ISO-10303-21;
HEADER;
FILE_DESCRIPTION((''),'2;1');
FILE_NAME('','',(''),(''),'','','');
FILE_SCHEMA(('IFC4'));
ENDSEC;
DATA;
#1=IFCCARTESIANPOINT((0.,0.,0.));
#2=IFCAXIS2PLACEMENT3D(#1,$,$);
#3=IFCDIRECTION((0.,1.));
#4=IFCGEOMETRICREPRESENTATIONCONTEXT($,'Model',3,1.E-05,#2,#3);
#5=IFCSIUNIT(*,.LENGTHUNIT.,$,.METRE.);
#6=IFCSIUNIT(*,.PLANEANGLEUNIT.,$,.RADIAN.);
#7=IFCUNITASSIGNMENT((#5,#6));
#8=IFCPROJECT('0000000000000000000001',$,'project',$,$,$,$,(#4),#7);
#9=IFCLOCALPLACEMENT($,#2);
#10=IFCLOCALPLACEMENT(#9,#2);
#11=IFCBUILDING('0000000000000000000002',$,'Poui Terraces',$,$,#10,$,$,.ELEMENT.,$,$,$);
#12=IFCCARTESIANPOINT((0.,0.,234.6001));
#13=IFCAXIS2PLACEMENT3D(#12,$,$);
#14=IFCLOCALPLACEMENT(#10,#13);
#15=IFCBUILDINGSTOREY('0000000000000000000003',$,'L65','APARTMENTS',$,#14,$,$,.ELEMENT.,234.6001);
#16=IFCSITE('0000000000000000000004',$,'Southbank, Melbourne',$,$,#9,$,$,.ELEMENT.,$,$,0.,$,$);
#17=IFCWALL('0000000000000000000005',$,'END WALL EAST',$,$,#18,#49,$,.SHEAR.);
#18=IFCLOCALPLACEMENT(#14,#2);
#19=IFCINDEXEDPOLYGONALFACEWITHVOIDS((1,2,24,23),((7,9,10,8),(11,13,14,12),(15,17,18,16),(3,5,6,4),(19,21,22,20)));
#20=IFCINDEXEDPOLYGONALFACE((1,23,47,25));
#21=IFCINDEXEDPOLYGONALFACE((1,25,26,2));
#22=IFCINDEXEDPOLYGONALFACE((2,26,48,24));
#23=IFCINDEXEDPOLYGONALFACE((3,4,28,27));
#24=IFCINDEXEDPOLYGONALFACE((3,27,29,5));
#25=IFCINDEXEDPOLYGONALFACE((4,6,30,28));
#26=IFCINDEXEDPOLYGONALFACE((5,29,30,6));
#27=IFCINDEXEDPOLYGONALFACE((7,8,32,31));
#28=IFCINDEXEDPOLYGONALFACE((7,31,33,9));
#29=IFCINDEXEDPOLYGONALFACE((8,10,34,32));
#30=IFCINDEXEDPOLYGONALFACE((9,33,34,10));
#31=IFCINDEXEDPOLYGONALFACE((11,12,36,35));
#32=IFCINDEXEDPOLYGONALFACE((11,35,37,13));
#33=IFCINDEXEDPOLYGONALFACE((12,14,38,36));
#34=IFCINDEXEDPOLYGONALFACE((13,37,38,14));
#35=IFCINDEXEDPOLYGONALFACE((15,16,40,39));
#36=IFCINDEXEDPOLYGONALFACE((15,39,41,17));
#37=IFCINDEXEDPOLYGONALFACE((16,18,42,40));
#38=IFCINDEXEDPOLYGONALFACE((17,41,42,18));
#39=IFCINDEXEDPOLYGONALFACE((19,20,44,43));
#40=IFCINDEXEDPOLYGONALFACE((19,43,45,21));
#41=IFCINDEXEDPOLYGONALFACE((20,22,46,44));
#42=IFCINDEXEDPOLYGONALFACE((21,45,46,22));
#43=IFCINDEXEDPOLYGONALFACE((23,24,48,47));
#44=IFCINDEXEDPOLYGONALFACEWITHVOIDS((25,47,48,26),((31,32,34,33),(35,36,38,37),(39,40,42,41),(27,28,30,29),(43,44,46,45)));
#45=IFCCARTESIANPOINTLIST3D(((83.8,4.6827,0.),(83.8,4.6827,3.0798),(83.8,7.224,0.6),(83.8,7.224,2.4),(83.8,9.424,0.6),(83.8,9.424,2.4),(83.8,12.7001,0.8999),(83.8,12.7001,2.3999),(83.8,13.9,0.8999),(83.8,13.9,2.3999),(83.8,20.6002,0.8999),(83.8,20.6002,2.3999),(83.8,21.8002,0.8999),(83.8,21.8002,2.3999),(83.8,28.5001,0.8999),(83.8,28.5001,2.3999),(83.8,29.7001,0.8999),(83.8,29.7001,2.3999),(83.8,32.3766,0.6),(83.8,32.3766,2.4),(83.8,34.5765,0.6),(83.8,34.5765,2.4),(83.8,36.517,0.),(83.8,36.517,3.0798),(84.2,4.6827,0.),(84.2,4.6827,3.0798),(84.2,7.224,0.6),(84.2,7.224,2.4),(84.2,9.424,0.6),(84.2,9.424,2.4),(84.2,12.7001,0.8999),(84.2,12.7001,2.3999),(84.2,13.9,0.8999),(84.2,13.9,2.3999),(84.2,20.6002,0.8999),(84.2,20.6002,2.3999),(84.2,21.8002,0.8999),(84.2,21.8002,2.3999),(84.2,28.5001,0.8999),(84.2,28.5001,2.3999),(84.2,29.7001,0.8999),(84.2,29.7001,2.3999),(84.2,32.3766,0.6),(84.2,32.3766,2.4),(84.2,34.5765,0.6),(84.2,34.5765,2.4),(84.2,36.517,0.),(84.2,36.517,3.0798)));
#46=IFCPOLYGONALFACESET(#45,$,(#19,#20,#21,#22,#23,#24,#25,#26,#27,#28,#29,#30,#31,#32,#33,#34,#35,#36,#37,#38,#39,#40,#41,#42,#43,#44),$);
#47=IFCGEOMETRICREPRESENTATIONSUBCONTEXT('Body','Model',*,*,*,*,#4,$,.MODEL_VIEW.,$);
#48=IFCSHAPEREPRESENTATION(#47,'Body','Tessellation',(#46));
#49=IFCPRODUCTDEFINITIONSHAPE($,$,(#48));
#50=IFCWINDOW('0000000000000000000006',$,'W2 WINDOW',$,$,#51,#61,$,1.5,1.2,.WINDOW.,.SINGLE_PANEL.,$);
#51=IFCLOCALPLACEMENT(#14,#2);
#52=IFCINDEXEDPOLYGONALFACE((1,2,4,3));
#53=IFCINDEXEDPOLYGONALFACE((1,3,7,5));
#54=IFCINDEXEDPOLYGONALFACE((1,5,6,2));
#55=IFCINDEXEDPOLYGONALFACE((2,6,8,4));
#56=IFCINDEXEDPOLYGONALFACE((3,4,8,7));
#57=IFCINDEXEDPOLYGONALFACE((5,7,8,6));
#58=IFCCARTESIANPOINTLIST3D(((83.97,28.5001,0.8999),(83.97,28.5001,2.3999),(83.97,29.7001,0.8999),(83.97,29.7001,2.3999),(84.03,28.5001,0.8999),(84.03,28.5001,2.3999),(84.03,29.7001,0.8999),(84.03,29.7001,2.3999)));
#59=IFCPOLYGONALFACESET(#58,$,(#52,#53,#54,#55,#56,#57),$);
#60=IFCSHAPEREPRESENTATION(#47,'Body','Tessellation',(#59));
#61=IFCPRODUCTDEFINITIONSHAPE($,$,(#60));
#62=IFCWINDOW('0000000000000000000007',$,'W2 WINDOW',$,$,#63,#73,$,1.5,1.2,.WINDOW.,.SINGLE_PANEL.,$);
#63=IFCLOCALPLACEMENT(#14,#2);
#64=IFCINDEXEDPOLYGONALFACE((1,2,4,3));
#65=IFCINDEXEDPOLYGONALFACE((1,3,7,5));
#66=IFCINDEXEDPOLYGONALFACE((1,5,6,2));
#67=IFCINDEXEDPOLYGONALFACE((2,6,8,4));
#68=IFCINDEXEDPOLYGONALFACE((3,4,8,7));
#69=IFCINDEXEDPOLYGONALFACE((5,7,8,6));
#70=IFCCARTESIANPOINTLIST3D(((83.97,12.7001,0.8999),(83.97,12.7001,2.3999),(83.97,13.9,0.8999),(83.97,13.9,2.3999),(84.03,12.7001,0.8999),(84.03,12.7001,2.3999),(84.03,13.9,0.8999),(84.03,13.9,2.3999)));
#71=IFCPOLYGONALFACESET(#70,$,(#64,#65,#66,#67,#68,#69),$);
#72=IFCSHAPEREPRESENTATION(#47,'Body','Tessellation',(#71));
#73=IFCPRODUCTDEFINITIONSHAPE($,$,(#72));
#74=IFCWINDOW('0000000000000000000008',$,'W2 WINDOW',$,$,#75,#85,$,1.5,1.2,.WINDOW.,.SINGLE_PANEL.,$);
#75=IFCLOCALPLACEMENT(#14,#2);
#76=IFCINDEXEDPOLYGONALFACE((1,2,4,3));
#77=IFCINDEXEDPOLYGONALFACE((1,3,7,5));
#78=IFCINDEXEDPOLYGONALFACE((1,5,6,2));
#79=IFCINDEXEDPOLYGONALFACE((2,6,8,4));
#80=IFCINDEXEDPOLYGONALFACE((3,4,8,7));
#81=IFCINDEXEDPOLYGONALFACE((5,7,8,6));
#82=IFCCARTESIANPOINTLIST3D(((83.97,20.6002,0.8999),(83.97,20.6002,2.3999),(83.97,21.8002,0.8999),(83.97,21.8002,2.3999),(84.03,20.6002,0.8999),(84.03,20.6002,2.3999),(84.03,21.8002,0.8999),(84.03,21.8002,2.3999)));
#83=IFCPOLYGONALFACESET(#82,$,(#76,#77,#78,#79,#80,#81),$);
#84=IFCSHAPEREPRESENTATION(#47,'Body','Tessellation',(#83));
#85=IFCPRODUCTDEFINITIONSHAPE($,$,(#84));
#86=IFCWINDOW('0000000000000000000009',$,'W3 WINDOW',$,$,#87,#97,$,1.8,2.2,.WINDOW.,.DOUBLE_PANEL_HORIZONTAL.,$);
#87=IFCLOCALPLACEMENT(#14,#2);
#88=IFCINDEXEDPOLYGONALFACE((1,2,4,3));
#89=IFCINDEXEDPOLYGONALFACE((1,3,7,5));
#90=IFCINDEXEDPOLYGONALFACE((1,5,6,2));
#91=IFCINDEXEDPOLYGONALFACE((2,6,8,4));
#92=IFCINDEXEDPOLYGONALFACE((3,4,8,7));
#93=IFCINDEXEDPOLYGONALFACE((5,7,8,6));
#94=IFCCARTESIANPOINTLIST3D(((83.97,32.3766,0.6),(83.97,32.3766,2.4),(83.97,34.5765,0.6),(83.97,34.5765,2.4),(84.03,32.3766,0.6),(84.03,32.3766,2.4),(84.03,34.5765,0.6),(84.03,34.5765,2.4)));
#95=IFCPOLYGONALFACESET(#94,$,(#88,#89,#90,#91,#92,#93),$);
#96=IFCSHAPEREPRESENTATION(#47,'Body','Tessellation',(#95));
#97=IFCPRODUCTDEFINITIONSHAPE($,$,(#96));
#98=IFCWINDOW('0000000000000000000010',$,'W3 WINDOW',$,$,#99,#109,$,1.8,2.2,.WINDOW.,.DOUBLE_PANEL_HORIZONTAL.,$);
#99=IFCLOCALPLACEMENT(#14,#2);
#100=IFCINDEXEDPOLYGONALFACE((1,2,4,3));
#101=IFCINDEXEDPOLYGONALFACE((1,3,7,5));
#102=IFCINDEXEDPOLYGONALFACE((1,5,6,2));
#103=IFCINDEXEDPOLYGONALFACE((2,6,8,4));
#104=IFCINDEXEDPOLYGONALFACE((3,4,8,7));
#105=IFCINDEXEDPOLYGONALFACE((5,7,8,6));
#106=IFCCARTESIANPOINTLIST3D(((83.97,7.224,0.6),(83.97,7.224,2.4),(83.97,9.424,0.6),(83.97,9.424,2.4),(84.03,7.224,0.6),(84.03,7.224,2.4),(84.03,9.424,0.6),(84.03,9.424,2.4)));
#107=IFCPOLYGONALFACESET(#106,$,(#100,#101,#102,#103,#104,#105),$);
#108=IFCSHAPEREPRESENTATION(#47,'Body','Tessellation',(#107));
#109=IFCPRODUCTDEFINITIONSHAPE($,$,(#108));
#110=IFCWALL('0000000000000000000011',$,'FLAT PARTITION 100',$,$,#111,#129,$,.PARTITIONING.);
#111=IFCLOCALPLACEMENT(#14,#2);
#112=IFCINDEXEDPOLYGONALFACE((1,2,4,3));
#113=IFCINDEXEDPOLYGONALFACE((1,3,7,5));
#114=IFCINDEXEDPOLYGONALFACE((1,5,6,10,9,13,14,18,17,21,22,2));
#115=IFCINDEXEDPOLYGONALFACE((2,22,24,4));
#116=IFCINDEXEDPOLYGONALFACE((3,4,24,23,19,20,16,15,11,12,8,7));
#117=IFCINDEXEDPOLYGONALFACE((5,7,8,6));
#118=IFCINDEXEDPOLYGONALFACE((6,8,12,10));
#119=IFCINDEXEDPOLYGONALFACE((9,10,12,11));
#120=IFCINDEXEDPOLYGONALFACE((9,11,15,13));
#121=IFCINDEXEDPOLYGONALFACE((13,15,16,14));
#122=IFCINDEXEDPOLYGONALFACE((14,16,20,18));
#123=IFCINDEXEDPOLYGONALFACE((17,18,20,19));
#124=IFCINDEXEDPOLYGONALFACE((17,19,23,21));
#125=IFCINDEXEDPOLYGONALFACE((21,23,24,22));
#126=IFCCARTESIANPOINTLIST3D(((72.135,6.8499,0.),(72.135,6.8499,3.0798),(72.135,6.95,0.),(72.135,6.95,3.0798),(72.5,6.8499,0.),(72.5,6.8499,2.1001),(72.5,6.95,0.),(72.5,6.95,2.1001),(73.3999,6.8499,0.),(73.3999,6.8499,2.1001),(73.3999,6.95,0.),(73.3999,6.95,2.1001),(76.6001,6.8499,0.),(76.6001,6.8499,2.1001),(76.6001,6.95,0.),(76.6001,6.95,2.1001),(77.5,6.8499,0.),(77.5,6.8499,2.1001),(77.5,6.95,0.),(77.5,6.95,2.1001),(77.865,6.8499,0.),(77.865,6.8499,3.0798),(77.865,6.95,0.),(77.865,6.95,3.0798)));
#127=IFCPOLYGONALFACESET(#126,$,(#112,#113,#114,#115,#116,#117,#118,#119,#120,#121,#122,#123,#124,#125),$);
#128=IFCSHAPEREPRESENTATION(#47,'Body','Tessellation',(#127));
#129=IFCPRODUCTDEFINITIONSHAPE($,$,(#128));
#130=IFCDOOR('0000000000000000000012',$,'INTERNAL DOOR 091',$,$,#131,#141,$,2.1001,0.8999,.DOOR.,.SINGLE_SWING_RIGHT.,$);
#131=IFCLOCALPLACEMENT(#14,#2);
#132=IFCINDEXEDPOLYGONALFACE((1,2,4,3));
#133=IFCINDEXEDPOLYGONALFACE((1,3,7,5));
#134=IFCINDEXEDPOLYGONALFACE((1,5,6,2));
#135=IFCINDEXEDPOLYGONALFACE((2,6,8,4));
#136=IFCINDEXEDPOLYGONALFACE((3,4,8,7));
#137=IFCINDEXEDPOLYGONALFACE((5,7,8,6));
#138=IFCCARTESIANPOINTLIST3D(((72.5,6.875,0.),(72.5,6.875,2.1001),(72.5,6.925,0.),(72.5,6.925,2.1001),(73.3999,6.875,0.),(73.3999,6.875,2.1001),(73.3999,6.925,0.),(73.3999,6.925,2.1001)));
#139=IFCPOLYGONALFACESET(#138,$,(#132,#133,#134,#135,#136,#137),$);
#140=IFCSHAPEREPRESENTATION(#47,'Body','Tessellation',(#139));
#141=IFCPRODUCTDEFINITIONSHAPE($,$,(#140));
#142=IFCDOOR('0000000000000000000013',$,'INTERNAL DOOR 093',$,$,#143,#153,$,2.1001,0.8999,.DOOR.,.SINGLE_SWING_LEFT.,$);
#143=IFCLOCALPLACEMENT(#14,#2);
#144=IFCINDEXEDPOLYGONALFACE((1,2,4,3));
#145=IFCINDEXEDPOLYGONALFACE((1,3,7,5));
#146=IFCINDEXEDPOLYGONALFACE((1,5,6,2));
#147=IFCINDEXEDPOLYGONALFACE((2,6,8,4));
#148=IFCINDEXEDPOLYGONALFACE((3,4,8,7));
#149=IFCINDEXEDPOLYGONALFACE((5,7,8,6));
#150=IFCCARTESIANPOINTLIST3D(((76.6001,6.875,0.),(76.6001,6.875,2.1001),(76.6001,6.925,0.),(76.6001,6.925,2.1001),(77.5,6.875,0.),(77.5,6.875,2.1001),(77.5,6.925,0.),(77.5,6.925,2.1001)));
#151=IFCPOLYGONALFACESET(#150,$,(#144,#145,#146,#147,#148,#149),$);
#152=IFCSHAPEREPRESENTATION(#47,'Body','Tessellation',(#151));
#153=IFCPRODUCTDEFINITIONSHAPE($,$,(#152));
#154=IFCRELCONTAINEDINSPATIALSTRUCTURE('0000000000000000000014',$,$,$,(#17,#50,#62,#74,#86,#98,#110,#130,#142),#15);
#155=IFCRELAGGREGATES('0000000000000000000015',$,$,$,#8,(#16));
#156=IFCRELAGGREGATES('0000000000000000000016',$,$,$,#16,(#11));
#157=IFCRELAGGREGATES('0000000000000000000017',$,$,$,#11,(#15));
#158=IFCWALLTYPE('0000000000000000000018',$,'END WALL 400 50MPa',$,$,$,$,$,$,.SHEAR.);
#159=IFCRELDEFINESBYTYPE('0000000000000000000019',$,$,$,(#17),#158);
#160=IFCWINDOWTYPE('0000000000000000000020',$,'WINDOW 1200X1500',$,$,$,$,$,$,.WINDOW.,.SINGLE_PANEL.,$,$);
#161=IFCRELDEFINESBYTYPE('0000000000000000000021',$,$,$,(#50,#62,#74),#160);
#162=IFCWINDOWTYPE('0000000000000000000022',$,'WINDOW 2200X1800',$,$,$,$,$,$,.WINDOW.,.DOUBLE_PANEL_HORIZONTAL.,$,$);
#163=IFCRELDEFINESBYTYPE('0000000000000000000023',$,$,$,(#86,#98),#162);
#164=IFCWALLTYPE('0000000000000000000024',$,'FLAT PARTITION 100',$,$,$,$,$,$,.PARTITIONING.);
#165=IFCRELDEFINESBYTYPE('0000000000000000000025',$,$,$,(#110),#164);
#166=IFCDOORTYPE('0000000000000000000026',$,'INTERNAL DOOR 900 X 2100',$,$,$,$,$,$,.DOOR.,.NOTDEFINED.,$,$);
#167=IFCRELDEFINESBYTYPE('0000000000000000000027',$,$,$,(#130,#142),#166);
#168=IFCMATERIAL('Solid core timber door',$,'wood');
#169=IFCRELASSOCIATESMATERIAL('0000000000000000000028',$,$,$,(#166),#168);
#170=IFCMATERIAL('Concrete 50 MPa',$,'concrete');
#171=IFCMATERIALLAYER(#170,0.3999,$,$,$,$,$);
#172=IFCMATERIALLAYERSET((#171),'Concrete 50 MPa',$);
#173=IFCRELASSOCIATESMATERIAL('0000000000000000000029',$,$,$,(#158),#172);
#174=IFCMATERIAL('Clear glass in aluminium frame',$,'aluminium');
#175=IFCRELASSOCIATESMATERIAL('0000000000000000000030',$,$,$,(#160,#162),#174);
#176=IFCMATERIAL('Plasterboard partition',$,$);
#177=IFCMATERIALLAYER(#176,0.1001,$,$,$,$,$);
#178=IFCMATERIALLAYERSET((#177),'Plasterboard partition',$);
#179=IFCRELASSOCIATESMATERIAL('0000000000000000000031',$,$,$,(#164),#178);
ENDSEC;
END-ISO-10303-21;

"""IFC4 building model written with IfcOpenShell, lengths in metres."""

from ifc_helpers import new_model, si_unit, direction, frame, frame_2d, origin, place, context, subcontext, project, spatial, rectangle, extrude, material, layer, layer_set, type_object, element, fill, save


model = new_model("IFC4")

# Units and contexts
model_context = context("Model", 3, precision=1e-05, world=origin(), true_north=direction((0.0, 1.0)))
body_context = subcontext(model_context, "Body", "Model", "MODEL_VIEW")
ifc_project = project(units=[si_unit("LENGTHUNIT", "METRE"), si_unit("PLANEANGLEUNIT", "RADIAN")], contexts=[model_context])

# Site, building, storey
site_placement = place(None, origin())
site = spatial("IfcSite", under=ifc_project, at=site_placement, Name="Southbank, Melbourne", CompositionType="ELEMENT", RefElevation=0.0)
building_placement = place(site_placement, origin())
building = spatial("IfcBuilding", under=site, at=building_placement, Name="Poui Terraces", CompositionType="ELEMENT")
storey_placement = place(building_placement, frame((0.0, 0.0, 234.6001)))
storey = spatial("IfcBuildingStorey", under=building, at=storey_placement, Name="L65", Description="APARTMENTS", CompositionType="ELEMENT", Elevation=234.6001)

# Shared definitions
ifc_material_1 = material(Name="Concrete 50 MPa", Category="concrete")

# Shared definitions
ifc_material_2 = material(Name="Solid core timber door", Category="wood")
door_type_1 = type_object("IfcDoorType", Name="INTERNAL DOOR 900 X 2100", OperationType="NOTDEFINED", PredefinedType="DOOR", material=ifc_material_2)

# Wall, openings, windows
ifc_layer_1 = layer(ifc_material_1, 0.3999)
ifc_layer_set_1 = layer_set([ifc_layer_1], Name="Concrete 50 MPa")
wall_type_1 = type_object("IfcWallType", Name="END WALL 400 50MPa", PredefinedType="SHEAR", material=ifc_layer_set_1)
wall_1_placement = place(storey_placement, frame((84.0, 4.6829, 0.0), z_axis=(0.0, 0.0, 1.0), x_axis=(0.0, 1.0, 0.0)))
wall_1 = element("IfcWall", 1, at=wall_1_placement, inside=storey, type_object=wall_type_1, Name="END WALL EAST", PredefinedType="SHEAR", context=body_context, shape_type="SweptSolid", body=[
    extrude(rectangle(XDim=31.8342, YDim=0.3999, at=frame_2d((15.917, 0.0))), origin(), (0.0, 0.0, 1.0), 3.0798),
])
opening_1_placement = place(wall_1_placement, frame((23.8171, 0.0, 0.8999)))
opening_1 = element("IfcOpeningElement", 2, at=opening_1_placement, cuts=wall_1, PredefinedType="OPENING", context=body_context, shape_type="SweptSolid", body=[
    extrude(rectangle(XDim=1.2, YDim=1.5, at=frame_2d((0.6001, 0.75))), frame((0.0, 0.21, 0.0), z_axis=(0.0, -1.0, 0.0), x_axis=(1.0, 0.0, 0.0)), (0.0, 0.0, 1.0), 0.4199),
])
opening_2_placement = place(wall_1_placement, frame((8.0171, 0.0, 0.8999)))
opening_2 = element("IfcOpeningElement", 3, at=opening_2_placement, cuts=wall_1, PredefinedType="OPENING", context=body_context, shape_type="SweptSolid", body=[
    extrude(rectangle(XDim=1.2, YDim=1.5, at=frame_2d((0.6001, 0.75))), frame((0.0, 0.21, 0.0), z_axis=(0.0, -1.0, 0.0), x_axis=(1.0, 0.0, 0.0)), (0.0, 0.0, 1.0), 0.4199),
])
opening_3_placement = place(wall_1_placement, frame((27.6936, 0.0, 0.6001)))
opening_3 = element("IfcOpeningElement", 4, at=opening_3_placement, cuts=wall_1, PredefinedType="OPENING", context=body_context, shape_type="SweptSolid", body=[
    extrude(rectangle(XDim=2.2, YDim=1.8, at=frame_2d((1.1001, 0.8999))), frame((0.0, 0.21, 0.0), z_axis=(0.0, -1.0, 0.0), x_axis=(1.0, 0.0, 0.0)), (0.0, 0.0, 1.0), 0.4199),
])
opening_4_placement = place(wall_1_placement, frame((2.541, 0.0, 0.6001)))
opening_4 = element("IfcOpeningElement", 5, at=opening_4_placement, cuts=wall_1, PredefinedType="OPENING", context=body_context, shape_type="SweptSolid", body=[
    extrude(rectangle(XDim=2.2, YDim=1.8, at=frame_2d((1.1001, 0.8999))), frame((0.0, 0.21, 0.0), z_axis=(0.0, -1.0, 0.0), x_axis=(1.0, 0.0, 0.0)), (0.0, 0.0, 1.0), 0.4199),
])
opening_5_placement = place(wall_1_placement, frame((15.9172, 0.0, 0.8999)))
opening_5 = element("IfcOpeningElement", 6, at=opening_5_placement, cuts=wall_1, PredefinedType="OPENING", context=body_context, shape_type="SweptSolid", body=[
    extrude(rectangle(XDim=1.2, YDim=1.5, at=frame_2d((0.6001, 0.75))), frame((0.0, 0.21, 0.0), z_axis=(0.0, -1.0, 0.0), x_axis=(1.0, 0.0, 0.0)), (0.0, 0.0, 1.0), 0.4199),
])
ifc_material_3 = material(Name="Clear glass in aluminium frame", Category="aluminium")
window_type_1 = type_object("IfcWindowType", Name="WINDOW 1200X1500", PartitioningType="SINGLE_PANEL", PredefinedType="WINDOW", material=ifc_material_3)
window_1_placement = place(opening_1_placement, origin())
window_1 = element("IfcWindow", 7, at=window_1_placement, inside=storey, type_object=window_type_1, Name="W2 WINDOW", OverallHeight=1.5, OverallWidth=1.2, PartitioningType="SINGLE_PANEL", PredefinedType="WINDOW", context=body_context, shape_type="SweptSolid", body=[
    extrude(rectangle(XDim=1.2, YDim=1.5, at=frame_2d((0.6001, 0.75))), frame((0.0, 0.03, 0.0), z_axis=(0.0, -1.0, 0.0), x_axis=(1.0, 0.0, 0.0)), (0.0, 0.0, 1.0), 0.0601),
])
fill(opening_1, window_1)
window_2_placement = place(opening_2_placement, origin())
window_2 = element("IfcWindow", 8, at=window_2_placement, inside=storey, type_object=window_type_1, Name="W2 WINDOW", OverallHeight=1.5, OverallWidth=1.2, PartitioningType="SINGLE_PANEL", PredefinedType="WINDOW", context=body_context, shape_type="SweptSolid", body=[
    extrude(rectangle(XDim=1.2, YDim=1.5, at=frame_2d((0.6001, 0.75))), frame((0.0, 0.03, 0.0), z_axis=(0.0, -1.0, 0.0), x_axis=(1.0, 0.0, 0.0)), (0.0, 0.0, 1.0), 0.0601),
])
fill(opening_2, window_2)
window_3_placement = place(opening_5_placement, origin())
window_3 = element("IfcWindow", 9, at=window_3_placement, inside=storey, type_object=window_type_1, Name="W2 WINDOW", OverallHeight=1.5, OverallWidth=1.2, PartitioningType="SINGLE_PANEL", PredefinedType="WINDOW", context=body_context, shape_type="SweptSolid", body=[
    extrude(rectangle(XDim=1.2, YDim=1.5, at=frame_2d((0.6001, 0.75))), frame((0.0, 0.03, 0.0), z_axis=(0.0, -1.0, 0.0), x_axis=(1.0, 0.0, 0.0)), (0.0, 0.0, 1.0), 0.0601),
])
fill(opening_5, window_3)
window_type_2 = type_object("IfcWindowType", Name="WINDOW 2200X1800", PartitioningType="DOUBLE_PANEL_HORIZONTAL", PredefinedType="WINDOW", material=ifc_material_3)
window_4_placement = place(opening_3_placement, origin())
window_4 = element("IfcWindow", 10, at=window_4_placement, inside=storey, type_object=window_type_2, Name="W3 WINDOW", OverallHeight=1.8, OverallWidth=2.2, PartitioningType="DOUBLE_PANEL_HORIZONTAL", PredefinedType="WINDOW", context=body_context, shape_type="SweptSolid", body=[
    extrude(rectangle(XDim=2.2, YDim=1.8, at=frame_2d((1.1001, 0.8999))), frame((0.0, 0.03, 0.0), z_axis=(0.0, -1.0, 0.0), x_axis=(1.0, 0.0, 0.0)), (0.0, 0.0, 1.0), 0.0601),
])
fill(opening_3, window_4)
window_5_placement = place(opening_4_placement, origin())
window_5 = element("IfcWindow", 11, at=window_5_placement, inside=storey, type_object=window_type_2, Name="W3 WINDOW", OverallHeight=1.8, OverallWidth=2.2, PartitioningType="DOUBLE_PANEL_HORIZONTAL", PredefinedType="WINDOW", context=body_context, shape_type="SweptSolid", body=[
    extrude(rectangle(XDim=2.2, YDim=1.8, at=frame_2d((1.1001, 0.8999))), frame((0.0, 0.03, 0.0), z_axis=(0.0, -1.0, 0.0), x_axis=(1.0, 0.0, 0.0)), (0.0, 0.0, 1.0), 0.0601),
])
fill(opening_4, window_5)

# Wall, openings, doors
ifc_material_4 = material(Name="Plasterboard partition")
ifc_layer_2 = layer(ifc_material_4, 0.1001)
ifc_layer_set_2 = layer_set([ifc_layer_2], Name="Plasterboard partition")
wall_type_2 = type_object("IfcWallType", Name="FLAT PARTITION 100", PredefinedType="PARTITIONING", material=ifc_layer_set_2)
wall_2_placement = place(storey_placement, frame((72.135, 6.8999, 0.0), z_axis=(0.0, 0.0, 1.0), x_axis=(1.0, 0.0, 0.0)))
wall_2 = element("IfcWall", 12, at=wall_2_placement, inside=storey, type_object=wall_type_2, Name="FLAT PARTITION 100", PredefinedType="PARTITIONING", context=body_context, shape_type="SweptSolid", body=[
    extrude(rectangle(XDim=5.73, YDim=0.1001, at=frame_2d((2.865, 0.0))), origin(), (0.0, 0.0, 1.0), 3.0798),
])
opening_6_placement = place(wall_2_placement, frame((0.365, 0.0, 0.0)))
opening_6 = element("IfcOpeningElement", 13, at=opening_6_placement, cuts=wall_2, PredefinedType="OPENING", context=body_context, shape_type="SweptSolid", body=[
    extrude(rectangle(XDim=0.8999, YDim=2.1001, at=frame_2d((0.45, 1.05))), frame((0.0, 0.0601, 0.0), z_axis=(0.0, -1.0, 0.0), x_axis=(1.0, 0.0, 0.0)), (0.0, 0.0, 1.0), 0.1201),
])
opening_7_placement = place(wall_2_placement, frame((4.4651, 0.0, 0.0)))
opening_7 = element("IfcOpeningElement", 14, at=opening_7_placement, cuts=wall_2, PredefinedType="OPENING", context=body_context, shape_type="SweptSolid", body=[
    extrude(rectangle(XDim=0.8999, YDim=2.1001, at=frame_2d((0.45, 1.05))), frame((0.0, 0.0601, 0.0), z_axis=(0.0, -1.0, 0.0), x_axis=(1.0, 0.0, 0.0)), (0.0, 0.0, 1.0), 0.1201),
])
door_1_placement = place(opening_6_placement, frame((0.8999, 0.0, 0.0), z_axis=(0.0, 0.0, 1.0), x_axis=(-1.0, 0.0, 0.0)))
door_1 = element("IfcDoor", 15, at=door_1_placement, inside=storey, type_object=door_type_1, Name="INTERNAL DOOR 091", OperationType="SINGLE_SWING_RIGHT", OverallHeight=2.1001, OverallWidth=0.8999, PredefinedType="DOOR", context=body_context, shape_type="SweptSolid", body=[
    extrude(rectangle(XDim=0.8999, YDim=2.1001, at=frame_2d((0.45, 1.05))), frame((0.0, 0.0249, 0.0), z_axis=(0.0, -1.0, 0.0), x_axis=(1.0, 0.0, 0.0)), (0.0, 0.0, 1.0), 0.05),
])
fill(opening_6, door_1)
door_2_placement = place(opening_7_placement, frame((0.8999, 0.0, 0.0), z_axis=(0.0, 0.0, 1.0), x_axis=(-1.0, 0.0, 0.0)))
door_2 = element("IfcDoor", 16, at=door_2_placement, inside=storey, type_object=door_type_1, Name="INTERNAL DOOR 093", OperationType="SINGLE_SWING_LEFT", OverallHeight=2.1001, OverallWidth=0.8999, PredefinedType="DOOR", context=body_context, shape_type="SweptSolid", body=[
    extrude(rectangle(XDim=0.8999, YDim=2.1001, at=frame_2d((0.45, 1.05))), frame((0.0, 0.0249, 0.0), z_axis=(0.0, -1.0, 0.0), x_axis=(1.0, 0.0, 0.0)), (0.0, 0.0, 1.0), 0.05),
])
fill(opening_7, door_2)

save(model, "model.ifc")
